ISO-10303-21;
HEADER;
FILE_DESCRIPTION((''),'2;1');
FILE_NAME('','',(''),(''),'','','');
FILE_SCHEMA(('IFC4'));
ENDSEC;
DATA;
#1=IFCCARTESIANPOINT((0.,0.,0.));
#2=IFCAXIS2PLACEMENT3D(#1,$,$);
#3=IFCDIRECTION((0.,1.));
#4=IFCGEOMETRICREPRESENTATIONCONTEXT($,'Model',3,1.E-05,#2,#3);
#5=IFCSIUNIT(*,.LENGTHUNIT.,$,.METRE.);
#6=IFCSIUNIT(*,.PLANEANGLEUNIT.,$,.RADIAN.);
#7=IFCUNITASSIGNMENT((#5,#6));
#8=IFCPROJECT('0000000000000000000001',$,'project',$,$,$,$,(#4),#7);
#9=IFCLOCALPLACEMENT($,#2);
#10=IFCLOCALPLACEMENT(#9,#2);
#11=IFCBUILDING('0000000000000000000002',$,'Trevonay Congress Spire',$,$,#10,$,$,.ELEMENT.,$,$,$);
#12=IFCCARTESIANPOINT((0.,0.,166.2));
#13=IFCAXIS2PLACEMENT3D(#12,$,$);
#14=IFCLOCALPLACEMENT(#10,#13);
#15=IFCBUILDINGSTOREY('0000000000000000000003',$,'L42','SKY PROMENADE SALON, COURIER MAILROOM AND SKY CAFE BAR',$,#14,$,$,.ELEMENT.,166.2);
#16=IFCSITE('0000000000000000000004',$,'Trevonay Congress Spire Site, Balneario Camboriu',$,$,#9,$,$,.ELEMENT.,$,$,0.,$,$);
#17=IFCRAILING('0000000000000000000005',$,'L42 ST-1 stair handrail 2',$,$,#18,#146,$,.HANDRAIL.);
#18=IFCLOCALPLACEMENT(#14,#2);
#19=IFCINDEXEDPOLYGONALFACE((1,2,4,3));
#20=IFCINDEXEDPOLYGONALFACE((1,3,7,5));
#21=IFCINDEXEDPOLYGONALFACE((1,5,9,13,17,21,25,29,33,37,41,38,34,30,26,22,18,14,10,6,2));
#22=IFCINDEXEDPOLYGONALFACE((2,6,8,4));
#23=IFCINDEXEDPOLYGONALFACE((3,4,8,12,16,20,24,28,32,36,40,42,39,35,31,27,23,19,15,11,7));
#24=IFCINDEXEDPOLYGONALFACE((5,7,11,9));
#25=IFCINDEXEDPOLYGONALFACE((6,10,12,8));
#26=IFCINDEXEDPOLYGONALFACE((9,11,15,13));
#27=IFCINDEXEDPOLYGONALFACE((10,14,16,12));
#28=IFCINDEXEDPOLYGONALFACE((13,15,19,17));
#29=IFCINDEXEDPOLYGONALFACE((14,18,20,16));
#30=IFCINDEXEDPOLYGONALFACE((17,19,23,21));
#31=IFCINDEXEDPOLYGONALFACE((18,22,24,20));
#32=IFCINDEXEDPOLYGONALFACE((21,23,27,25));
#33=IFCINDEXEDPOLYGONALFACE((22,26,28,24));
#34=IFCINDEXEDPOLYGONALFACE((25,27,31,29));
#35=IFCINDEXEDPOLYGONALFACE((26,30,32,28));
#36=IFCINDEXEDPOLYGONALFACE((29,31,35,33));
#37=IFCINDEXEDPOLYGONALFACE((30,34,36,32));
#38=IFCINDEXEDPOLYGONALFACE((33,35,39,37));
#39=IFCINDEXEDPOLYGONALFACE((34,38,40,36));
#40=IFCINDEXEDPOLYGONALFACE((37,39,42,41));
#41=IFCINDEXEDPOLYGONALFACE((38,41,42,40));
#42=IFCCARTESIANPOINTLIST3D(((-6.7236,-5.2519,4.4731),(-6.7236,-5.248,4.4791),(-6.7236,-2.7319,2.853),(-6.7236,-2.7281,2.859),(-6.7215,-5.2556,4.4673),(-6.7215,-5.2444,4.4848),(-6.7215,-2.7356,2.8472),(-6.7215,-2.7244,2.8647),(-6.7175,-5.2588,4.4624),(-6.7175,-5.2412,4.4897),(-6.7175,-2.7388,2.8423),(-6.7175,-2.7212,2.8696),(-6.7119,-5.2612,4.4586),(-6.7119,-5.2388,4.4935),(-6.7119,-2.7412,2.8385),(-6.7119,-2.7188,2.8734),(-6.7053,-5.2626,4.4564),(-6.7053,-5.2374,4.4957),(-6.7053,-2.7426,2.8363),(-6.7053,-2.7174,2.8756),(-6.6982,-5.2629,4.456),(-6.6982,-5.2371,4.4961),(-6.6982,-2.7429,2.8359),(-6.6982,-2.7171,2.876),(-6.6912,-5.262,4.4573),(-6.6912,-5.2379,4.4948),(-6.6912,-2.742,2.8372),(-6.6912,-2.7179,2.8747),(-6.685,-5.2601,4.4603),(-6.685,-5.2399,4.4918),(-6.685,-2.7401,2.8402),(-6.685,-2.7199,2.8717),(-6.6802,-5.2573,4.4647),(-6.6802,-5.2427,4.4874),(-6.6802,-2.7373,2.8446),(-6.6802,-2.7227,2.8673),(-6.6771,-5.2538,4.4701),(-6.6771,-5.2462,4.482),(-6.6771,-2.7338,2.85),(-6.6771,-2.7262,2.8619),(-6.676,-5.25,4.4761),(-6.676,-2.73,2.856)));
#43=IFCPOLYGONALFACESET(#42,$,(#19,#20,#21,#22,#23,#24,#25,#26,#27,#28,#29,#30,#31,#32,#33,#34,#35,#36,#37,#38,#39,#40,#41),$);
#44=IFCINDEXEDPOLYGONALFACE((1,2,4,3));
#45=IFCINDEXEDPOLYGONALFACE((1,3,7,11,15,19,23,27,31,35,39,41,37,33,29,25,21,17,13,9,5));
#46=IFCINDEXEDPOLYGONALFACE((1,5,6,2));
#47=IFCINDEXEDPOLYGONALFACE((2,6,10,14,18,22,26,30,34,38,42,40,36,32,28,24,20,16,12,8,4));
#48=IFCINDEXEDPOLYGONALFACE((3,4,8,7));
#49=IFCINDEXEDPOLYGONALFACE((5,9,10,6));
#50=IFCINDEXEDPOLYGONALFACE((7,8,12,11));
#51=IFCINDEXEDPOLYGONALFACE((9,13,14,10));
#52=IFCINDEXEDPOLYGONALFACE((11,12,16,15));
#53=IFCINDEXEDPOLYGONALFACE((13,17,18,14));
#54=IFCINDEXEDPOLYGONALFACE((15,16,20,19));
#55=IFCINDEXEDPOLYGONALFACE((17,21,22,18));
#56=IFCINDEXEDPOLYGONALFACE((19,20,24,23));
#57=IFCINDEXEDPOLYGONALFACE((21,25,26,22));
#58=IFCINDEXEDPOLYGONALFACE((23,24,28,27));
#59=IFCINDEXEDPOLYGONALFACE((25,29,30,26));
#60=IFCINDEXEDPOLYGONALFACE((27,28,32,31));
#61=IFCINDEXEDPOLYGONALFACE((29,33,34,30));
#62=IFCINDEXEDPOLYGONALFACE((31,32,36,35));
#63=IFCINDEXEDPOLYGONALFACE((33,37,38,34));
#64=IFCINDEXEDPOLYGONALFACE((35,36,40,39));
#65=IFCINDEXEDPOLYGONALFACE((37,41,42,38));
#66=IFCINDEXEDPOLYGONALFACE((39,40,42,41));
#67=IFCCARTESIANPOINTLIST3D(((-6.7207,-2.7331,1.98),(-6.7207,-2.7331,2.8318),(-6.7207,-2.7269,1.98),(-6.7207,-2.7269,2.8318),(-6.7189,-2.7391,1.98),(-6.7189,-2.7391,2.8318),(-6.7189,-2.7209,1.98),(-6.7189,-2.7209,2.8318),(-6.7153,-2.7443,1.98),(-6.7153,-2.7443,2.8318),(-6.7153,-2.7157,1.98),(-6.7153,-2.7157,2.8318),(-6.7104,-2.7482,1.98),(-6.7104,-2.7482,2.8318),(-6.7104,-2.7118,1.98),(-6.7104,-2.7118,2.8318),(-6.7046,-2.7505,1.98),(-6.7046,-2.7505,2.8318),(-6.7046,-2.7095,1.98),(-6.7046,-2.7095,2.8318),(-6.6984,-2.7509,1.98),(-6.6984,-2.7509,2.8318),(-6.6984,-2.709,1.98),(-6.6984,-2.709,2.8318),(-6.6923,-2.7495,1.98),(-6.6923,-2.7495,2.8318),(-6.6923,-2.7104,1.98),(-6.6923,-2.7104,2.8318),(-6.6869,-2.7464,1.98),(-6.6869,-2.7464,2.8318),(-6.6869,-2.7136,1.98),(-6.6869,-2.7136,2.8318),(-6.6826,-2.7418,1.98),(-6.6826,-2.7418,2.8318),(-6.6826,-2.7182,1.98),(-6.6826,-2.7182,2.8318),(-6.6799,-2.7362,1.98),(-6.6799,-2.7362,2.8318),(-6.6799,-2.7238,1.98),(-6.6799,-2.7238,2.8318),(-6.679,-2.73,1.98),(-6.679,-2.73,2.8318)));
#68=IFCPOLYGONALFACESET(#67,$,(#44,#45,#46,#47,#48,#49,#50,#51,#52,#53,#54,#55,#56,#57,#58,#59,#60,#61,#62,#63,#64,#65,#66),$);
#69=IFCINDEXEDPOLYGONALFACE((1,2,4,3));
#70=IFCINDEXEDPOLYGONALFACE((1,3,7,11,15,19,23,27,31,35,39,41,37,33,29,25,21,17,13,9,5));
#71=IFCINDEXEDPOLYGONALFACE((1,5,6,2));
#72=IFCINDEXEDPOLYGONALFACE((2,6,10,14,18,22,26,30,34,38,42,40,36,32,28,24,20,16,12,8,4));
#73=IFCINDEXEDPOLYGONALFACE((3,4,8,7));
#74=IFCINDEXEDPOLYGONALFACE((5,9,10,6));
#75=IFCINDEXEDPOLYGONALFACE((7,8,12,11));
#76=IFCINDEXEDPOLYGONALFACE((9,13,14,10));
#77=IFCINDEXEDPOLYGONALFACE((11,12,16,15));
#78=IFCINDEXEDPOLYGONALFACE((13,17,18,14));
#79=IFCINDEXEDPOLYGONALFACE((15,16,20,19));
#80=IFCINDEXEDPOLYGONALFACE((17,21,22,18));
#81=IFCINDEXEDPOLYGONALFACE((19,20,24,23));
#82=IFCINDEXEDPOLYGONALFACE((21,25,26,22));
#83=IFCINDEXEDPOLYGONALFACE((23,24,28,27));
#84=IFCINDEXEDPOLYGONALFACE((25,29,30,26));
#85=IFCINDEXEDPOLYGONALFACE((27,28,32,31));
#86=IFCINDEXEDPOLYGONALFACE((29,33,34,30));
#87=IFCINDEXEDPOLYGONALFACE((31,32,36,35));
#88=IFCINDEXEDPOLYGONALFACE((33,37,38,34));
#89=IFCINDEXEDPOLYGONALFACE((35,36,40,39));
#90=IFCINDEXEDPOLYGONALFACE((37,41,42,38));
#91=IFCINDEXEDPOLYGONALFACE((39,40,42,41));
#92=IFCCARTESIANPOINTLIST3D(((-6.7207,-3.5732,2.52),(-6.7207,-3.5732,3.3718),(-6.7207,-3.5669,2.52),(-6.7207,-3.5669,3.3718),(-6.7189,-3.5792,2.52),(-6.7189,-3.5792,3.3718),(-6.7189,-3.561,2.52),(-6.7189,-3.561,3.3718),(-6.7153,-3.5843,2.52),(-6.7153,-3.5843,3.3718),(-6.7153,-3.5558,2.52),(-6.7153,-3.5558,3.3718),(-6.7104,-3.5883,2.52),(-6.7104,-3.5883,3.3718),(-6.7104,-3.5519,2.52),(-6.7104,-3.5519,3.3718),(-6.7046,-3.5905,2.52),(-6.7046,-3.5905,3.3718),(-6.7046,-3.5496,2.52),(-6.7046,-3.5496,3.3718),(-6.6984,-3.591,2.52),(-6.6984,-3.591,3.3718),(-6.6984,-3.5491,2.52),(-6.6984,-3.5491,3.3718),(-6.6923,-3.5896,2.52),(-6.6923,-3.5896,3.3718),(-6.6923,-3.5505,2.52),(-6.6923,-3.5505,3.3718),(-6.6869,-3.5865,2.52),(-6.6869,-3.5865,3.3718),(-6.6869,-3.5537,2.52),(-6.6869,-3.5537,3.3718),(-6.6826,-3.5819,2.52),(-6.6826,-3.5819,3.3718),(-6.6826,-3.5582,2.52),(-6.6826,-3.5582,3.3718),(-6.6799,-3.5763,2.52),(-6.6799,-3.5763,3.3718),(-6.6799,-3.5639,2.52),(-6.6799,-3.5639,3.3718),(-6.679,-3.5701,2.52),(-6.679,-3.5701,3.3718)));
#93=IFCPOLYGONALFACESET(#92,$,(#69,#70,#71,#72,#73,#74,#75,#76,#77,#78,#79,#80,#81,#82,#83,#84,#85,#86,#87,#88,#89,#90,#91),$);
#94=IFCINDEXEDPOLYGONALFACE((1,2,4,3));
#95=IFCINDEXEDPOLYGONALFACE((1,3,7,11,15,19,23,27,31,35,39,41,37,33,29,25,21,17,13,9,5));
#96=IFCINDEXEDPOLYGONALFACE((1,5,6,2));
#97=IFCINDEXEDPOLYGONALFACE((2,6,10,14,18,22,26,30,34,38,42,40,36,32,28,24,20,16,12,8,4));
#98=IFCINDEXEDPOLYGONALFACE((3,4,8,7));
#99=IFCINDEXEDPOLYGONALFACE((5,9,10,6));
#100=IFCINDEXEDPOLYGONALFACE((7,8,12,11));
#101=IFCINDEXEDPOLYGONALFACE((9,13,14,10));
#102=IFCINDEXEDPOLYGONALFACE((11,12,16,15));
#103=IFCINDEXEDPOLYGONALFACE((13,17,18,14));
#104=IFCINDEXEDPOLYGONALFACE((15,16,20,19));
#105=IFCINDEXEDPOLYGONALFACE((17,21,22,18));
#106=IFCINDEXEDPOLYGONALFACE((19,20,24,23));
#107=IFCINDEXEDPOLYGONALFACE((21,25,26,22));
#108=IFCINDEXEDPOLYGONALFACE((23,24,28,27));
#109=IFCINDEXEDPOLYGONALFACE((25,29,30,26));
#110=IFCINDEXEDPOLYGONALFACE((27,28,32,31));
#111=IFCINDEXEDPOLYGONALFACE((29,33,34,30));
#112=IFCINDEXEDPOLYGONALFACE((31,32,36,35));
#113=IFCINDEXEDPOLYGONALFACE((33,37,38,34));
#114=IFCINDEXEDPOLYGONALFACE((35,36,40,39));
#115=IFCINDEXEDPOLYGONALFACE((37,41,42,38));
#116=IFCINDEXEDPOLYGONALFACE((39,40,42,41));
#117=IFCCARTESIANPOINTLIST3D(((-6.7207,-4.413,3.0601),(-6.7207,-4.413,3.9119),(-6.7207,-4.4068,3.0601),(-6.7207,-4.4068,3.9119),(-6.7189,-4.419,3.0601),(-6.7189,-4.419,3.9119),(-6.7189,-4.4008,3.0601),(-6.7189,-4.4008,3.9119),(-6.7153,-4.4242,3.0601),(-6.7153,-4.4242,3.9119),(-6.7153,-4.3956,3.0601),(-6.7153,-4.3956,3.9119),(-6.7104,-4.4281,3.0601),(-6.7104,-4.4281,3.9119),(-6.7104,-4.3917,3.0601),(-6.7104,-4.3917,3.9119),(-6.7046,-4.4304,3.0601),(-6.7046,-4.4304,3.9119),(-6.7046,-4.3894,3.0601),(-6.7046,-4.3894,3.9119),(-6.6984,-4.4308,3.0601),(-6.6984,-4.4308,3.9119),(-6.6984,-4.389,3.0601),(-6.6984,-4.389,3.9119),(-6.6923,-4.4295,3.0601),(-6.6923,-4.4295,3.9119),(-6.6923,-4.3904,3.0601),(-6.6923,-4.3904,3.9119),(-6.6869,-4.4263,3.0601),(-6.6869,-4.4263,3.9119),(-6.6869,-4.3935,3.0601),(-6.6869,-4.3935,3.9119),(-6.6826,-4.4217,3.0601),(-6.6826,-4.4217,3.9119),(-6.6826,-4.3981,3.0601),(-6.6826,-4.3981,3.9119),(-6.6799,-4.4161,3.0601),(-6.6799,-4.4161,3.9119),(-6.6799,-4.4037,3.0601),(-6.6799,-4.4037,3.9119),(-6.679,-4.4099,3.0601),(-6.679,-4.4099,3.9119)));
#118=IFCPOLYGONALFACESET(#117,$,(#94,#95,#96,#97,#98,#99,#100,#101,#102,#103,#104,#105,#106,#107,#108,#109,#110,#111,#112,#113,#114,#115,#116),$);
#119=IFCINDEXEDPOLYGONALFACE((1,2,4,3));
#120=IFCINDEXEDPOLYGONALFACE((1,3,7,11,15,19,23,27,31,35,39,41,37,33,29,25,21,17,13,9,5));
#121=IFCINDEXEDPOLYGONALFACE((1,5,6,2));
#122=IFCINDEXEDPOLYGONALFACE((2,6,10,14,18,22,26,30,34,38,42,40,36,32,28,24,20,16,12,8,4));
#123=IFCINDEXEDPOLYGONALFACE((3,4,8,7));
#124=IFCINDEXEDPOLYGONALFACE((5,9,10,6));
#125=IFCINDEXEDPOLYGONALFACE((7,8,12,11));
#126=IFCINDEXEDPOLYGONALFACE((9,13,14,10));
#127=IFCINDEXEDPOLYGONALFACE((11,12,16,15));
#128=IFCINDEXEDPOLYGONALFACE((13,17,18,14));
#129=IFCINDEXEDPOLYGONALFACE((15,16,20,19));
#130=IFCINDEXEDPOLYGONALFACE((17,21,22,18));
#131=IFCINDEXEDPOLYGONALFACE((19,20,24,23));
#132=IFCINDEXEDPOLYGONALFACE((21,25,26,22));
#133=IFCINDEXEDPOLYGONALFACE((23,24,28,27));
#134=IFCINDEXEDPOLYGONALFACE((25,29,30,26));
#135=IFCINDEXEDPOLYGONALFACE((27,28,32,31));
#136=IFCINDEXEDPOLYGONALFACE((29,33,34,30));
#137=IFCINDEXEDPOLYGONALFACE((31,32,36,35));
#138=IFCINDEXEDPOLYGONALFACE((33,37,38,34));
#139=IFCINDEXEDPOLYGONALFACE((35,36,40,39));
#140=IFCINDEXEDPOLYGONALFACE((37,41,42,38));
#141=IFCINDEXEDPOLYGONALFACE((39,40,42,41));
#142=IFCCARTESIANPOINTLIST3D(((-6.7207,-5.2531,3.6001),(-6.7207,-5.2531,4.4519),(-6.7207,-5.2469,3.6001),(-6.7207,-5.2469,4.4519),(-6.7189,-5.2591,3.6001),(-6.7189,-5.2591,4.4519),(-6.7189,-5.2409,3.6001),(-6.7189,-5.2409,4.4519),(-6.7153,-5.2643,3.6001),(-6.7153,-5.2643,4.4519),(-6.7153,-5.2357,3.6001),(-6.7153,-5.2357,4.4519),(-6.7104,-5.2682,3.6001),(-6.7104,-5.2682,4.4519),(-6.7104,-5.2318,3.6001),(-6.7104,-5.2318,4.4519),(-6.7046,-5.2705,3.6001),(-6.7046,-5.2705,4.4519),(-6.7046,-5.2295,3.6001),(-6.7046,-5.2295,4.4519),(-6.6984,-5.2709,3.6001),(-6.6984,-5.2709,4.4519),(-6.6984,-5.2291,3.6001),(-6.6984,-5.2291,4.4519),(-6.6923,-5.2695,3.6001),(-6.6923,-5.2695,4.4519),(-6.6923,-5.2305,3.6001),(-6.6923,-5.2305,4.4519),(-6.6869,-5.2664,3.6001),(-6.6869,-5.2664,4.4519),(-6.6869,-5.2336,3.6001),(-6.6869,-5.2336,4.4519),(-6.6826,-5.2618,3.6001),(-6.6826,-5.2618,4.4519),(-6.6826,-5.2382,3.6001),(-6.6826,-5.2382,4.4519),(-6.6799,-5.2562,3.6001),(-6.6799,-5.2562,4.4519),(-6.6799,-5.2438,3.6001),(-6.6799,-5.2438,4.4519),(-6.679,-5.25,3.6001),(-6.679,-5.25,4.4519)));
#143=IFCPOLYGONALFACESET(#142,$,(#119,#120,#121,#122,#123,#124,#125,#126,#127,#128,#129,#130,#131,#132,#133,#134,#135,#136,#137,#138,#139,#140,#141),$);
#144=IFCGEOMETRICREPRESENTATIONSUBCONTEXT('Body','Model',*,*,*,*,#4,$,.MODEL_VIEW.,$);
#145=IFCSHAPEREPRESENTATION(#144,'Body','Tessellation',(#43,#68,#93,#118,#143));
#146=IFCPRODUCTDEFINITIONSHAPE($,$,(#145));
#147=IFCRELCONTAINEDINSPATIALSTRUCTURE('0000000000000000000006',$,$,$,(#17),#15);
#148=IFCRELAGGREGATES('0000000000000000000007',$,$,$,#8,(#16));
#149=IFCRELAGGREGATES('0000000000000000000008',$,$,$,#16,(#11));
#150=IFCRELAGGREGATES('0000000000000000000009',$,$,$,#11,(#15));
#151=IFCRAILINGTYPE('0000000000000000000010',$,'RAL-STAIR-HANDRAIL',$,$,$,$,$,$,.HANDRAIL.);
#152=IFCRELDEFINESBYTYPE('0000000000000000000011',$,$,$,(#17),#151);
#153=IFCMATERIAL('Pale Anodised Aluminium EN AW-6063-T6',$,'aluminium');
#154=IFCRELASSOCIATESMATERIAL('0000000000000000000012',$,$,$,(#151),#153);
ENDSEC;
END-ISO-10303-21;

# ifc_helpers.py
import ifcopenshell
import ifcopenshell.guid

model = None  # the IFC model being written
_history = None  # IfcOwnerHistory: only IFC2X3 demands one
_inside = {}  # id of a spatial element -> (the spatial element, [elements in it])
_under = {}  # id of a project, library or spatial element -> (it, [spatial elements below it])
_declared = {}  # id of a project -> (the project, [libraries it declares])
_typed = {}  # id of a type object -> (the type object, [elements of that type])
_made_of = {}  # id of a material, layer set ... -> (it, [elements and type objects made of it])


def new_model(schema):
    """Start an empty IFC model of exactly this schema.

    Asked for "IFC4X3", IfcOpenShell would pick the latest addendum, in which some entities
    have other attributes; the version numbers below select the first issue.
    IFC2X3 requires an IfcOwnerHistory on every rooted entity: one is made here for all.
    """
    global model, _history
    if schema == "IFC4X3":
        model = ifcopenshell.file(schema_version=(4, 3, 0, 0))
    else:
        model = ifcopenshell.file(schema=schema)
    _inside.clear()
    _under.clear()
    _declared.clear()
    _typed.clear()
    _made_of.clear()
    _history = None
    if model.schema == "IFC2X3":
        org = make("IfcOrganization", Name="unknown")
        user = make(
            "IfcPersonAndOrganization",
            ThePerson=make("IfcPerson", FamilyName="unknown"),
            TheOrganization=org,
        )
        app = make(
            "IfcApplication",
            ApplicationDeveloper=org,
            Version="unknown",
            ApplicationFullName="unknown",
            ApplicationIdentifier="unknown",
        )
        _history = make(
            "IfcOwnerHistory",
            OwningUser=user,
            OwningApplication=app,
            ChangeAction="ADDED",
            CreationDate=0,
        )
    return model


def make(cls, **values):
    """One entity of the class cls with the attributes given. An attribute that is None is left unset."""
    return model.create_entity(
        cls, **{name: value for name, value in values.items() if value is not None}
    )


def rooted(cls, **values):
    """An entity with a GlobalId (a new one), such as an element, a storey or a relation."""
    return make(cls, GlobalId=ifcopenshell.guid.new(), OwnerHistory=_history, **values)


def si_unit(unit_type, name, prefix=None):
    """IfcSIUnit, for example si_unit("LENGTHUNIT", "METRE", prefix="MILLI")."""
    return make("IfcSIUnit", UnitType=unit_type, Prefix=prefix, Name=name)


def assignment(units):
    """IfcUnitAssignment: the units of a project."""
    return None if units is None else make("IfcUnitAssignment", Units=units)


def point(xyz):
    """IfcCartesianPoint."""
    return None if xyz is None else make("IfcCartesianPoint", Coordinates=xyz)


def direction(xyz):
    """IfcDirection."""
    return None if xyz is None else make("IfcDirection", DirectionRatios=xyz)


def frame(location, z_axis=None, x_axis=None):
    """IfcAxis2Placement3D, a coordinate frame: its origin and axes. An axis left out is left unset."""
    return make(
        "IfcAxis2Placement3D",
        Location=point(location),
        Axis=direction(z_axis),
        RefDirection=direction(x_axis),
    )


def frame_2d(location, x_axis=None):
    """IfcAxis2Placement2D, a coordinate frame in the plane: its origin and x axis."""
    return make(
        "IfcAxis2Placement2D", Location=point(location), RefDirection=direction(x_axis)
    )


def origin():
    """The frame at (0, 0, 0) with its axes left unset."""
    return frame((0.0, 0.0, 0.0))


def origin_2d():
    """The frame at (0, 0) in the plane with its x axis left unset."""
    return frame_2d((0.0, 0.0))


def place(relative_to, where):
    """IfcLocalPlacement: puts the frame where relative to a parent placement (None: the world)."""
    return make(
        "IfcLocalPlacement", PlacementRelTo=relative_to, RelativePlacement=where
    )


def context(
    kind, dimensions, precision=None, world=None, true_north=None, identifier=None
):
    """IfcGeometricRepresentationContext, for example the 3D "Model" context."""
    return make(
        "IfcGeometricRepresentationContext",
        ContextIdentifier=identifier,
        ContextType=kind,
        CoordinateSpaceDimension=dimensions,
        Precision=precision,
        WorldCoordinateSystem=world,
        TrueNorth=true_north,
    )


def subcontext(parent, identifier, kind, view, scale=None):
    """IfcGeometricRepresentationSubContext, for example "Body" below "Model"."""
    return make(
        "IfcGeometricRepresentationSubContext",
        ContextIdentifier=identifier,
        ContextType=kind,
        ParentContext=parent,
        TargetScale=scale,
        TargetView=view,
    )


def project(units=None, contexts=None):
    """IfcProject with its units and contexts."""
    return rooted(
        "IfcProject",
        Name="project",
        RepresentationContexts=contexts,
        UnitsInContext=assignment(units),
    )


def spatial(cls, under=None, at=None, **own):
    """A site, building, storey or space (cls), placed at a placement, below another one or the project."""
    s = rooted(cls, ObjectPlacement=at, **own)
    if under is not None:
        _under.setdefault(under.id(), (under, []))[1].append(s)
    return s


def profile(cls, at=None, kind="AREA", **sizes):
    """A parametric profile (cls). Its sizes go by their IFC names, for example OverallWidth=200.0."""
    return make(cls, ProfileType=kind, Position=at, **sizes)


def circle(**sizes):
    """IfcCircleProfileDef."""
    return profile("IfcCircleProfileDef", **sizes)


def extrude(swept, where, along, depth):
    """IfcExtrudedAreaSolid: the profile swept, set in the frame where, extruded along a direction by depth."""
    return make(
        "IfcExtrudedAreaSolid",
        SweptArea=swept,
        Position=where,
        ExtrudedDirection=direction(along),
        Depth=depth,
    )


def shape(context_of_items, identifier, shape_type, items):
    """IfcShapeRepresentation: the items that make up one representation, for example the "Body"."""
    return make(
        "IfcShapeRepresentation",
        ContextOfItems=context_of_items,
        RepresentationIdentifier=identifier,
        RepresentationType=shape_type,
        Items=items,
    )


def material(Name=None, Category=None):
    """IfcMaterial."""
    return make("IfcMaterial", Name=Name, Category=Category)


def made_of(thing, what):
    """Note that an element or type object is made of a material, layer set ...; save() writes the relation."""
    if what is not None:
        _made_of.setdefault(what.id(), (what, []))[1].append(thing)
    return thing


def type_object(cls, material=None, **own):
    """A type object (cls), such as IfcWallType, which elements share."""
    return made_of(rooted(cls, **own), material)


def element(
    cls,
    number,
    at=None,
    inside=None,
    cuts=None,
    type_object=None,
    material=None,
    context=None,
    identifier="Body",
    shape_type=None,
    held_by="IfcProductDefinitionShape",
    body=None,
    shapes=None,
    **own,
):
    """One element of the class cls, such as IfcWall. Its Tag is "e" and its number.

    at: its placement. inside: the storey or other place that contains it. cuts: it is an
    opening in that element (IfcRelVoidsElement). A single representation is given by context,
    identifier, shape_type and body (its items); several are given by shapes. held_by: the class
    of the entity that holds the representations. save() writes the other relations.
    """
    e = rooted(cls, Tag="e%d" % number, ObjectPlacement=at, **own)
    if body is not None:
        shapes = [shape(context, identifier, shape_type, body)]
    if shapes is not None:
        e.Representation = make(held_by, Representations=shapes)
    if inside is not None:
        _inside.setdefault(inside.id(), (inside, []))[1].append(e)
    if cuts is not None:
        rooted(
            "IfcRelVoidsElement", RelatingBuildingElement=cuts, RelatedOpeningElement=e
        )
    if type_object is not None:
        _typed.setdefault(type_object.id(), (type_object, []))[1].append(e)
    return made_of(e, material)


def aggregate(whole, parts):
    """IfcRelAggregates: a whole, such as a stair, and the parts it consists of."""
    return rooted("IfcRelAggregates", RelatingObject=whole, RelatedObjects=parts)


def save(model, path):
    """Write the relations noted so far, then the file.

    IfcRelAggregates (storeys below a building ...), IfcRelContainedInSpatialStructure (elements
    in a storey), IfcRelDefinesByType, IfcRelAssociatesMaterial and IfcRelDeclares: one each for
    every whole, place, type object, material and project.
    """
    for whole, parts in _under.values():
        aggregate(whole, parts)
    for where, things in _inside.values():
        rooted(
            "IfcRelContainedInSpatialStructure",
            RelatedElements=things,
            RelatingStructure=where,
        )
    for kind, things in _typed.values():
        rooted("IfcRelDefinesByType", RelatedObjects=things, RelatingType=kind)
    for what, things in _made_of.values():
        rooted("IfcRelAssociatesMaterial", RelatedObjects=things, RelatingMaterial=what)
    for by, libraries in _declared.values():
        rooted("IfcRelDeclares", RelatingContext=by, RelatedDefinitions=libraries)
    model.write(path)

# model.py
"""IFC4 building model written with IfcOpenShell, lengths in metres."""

from ifc_helpers import new_model, si_unit, direction, frame, origin, origin_2d, place, context, subcontext, project, spatial, circle, extrude, material, type_object, element, save


model = new_model("IFC4")

# Units and contexts
model_context = context("Model", 3, precision=1e-05, world=origin(), true_north=direction((0.0, 1.0)))
body_context = subcontext(model_context, "Body", "Model", "MODEL_VIEW")
ifc_project = project(units=[si_unit("LENGTHUNIT", "METRE"), si_unit("PLANEANGLEUNIT", "RADIAN")], contexts=[model_context])

# Site, building, storey
site_placement = place(None, origin())
site = spatial("IfcSite", under=ifc_project, at=site_placement, Name="Trevonay Congress Spire Site, Balneario Camboriu", CompositionType="ELEMENT", RefElevation=0.0)
building_placement = place(site_placement, origin())
building = spatial("IfcBuilding", under=site, at=building_placement, Name="Trevonay Congress Spire", CompositionType="ELEMENT")
storey_placement = place(building_placement, frame((0.0, 0.0, 166.2)))
storey = spatial("IfcBuildingStorey", under=building, at=storey_placement, Name="L42", Description="SKY PROMENADE SALON, COURIER MAILROOM AND SKY CAFE BAR", CompositionType="ELEMENT", Elevation=166.2)

# Railing
ifc_material_1 = material(Name="Pale Anodised Aluminium EN AW-6063-T6", Category="aluminium")
railing_type_1 = type_object("IfcRailingType", Name="RAL-STAIR-HANDRAIL", PredefinedType="HANDRAIL", material=ifc_material_1)
railing_1_placement = place(storey_placement, frame((-6.7, -2.73, 1.98)))
element("IfcRailing", 1, at=railing_1_placement, inside=storey, type_object=railing_type_1, Name="L42 ST-1 stair handrail 2", PredefinedType="HANDRAIL", context=body_context, shape_type="SweptSolid", body=[
    extrude(circle(Radius=0.0239, at=origin_2d()), frame((0.0, 0.0, 0.876), z_axis=(0.0, -0.841163, 0.540782), x_axis=(1.0, 0.0, 0.0)), (0.0, 0.0, 1.0), 2.9958),
    extrude(circle(Radius=0.021, at=origin_2d()), origin(), (0.0, 0.0, 1.0), 0.8518),
    extrude(circle(Radius=0.021, at=origin_2d()), frame((0.0, -0.8401, 0.54)), (0.0, 0.0, 1.0), 0.8518),
    extrude(circle(Radius=0.021, at=origin_2d()), frame((0.0, -1.6799, 1.0801)), (0.0, 0.0, 1.0), 0.8518),
    extrude(circle(Radius=0.021, at=origin_2d()), frame((0.0, -2.52, 1.6201)), (0.0, 0.0, 1.0), 0.8518),
])

save(model, "model.ifc")
